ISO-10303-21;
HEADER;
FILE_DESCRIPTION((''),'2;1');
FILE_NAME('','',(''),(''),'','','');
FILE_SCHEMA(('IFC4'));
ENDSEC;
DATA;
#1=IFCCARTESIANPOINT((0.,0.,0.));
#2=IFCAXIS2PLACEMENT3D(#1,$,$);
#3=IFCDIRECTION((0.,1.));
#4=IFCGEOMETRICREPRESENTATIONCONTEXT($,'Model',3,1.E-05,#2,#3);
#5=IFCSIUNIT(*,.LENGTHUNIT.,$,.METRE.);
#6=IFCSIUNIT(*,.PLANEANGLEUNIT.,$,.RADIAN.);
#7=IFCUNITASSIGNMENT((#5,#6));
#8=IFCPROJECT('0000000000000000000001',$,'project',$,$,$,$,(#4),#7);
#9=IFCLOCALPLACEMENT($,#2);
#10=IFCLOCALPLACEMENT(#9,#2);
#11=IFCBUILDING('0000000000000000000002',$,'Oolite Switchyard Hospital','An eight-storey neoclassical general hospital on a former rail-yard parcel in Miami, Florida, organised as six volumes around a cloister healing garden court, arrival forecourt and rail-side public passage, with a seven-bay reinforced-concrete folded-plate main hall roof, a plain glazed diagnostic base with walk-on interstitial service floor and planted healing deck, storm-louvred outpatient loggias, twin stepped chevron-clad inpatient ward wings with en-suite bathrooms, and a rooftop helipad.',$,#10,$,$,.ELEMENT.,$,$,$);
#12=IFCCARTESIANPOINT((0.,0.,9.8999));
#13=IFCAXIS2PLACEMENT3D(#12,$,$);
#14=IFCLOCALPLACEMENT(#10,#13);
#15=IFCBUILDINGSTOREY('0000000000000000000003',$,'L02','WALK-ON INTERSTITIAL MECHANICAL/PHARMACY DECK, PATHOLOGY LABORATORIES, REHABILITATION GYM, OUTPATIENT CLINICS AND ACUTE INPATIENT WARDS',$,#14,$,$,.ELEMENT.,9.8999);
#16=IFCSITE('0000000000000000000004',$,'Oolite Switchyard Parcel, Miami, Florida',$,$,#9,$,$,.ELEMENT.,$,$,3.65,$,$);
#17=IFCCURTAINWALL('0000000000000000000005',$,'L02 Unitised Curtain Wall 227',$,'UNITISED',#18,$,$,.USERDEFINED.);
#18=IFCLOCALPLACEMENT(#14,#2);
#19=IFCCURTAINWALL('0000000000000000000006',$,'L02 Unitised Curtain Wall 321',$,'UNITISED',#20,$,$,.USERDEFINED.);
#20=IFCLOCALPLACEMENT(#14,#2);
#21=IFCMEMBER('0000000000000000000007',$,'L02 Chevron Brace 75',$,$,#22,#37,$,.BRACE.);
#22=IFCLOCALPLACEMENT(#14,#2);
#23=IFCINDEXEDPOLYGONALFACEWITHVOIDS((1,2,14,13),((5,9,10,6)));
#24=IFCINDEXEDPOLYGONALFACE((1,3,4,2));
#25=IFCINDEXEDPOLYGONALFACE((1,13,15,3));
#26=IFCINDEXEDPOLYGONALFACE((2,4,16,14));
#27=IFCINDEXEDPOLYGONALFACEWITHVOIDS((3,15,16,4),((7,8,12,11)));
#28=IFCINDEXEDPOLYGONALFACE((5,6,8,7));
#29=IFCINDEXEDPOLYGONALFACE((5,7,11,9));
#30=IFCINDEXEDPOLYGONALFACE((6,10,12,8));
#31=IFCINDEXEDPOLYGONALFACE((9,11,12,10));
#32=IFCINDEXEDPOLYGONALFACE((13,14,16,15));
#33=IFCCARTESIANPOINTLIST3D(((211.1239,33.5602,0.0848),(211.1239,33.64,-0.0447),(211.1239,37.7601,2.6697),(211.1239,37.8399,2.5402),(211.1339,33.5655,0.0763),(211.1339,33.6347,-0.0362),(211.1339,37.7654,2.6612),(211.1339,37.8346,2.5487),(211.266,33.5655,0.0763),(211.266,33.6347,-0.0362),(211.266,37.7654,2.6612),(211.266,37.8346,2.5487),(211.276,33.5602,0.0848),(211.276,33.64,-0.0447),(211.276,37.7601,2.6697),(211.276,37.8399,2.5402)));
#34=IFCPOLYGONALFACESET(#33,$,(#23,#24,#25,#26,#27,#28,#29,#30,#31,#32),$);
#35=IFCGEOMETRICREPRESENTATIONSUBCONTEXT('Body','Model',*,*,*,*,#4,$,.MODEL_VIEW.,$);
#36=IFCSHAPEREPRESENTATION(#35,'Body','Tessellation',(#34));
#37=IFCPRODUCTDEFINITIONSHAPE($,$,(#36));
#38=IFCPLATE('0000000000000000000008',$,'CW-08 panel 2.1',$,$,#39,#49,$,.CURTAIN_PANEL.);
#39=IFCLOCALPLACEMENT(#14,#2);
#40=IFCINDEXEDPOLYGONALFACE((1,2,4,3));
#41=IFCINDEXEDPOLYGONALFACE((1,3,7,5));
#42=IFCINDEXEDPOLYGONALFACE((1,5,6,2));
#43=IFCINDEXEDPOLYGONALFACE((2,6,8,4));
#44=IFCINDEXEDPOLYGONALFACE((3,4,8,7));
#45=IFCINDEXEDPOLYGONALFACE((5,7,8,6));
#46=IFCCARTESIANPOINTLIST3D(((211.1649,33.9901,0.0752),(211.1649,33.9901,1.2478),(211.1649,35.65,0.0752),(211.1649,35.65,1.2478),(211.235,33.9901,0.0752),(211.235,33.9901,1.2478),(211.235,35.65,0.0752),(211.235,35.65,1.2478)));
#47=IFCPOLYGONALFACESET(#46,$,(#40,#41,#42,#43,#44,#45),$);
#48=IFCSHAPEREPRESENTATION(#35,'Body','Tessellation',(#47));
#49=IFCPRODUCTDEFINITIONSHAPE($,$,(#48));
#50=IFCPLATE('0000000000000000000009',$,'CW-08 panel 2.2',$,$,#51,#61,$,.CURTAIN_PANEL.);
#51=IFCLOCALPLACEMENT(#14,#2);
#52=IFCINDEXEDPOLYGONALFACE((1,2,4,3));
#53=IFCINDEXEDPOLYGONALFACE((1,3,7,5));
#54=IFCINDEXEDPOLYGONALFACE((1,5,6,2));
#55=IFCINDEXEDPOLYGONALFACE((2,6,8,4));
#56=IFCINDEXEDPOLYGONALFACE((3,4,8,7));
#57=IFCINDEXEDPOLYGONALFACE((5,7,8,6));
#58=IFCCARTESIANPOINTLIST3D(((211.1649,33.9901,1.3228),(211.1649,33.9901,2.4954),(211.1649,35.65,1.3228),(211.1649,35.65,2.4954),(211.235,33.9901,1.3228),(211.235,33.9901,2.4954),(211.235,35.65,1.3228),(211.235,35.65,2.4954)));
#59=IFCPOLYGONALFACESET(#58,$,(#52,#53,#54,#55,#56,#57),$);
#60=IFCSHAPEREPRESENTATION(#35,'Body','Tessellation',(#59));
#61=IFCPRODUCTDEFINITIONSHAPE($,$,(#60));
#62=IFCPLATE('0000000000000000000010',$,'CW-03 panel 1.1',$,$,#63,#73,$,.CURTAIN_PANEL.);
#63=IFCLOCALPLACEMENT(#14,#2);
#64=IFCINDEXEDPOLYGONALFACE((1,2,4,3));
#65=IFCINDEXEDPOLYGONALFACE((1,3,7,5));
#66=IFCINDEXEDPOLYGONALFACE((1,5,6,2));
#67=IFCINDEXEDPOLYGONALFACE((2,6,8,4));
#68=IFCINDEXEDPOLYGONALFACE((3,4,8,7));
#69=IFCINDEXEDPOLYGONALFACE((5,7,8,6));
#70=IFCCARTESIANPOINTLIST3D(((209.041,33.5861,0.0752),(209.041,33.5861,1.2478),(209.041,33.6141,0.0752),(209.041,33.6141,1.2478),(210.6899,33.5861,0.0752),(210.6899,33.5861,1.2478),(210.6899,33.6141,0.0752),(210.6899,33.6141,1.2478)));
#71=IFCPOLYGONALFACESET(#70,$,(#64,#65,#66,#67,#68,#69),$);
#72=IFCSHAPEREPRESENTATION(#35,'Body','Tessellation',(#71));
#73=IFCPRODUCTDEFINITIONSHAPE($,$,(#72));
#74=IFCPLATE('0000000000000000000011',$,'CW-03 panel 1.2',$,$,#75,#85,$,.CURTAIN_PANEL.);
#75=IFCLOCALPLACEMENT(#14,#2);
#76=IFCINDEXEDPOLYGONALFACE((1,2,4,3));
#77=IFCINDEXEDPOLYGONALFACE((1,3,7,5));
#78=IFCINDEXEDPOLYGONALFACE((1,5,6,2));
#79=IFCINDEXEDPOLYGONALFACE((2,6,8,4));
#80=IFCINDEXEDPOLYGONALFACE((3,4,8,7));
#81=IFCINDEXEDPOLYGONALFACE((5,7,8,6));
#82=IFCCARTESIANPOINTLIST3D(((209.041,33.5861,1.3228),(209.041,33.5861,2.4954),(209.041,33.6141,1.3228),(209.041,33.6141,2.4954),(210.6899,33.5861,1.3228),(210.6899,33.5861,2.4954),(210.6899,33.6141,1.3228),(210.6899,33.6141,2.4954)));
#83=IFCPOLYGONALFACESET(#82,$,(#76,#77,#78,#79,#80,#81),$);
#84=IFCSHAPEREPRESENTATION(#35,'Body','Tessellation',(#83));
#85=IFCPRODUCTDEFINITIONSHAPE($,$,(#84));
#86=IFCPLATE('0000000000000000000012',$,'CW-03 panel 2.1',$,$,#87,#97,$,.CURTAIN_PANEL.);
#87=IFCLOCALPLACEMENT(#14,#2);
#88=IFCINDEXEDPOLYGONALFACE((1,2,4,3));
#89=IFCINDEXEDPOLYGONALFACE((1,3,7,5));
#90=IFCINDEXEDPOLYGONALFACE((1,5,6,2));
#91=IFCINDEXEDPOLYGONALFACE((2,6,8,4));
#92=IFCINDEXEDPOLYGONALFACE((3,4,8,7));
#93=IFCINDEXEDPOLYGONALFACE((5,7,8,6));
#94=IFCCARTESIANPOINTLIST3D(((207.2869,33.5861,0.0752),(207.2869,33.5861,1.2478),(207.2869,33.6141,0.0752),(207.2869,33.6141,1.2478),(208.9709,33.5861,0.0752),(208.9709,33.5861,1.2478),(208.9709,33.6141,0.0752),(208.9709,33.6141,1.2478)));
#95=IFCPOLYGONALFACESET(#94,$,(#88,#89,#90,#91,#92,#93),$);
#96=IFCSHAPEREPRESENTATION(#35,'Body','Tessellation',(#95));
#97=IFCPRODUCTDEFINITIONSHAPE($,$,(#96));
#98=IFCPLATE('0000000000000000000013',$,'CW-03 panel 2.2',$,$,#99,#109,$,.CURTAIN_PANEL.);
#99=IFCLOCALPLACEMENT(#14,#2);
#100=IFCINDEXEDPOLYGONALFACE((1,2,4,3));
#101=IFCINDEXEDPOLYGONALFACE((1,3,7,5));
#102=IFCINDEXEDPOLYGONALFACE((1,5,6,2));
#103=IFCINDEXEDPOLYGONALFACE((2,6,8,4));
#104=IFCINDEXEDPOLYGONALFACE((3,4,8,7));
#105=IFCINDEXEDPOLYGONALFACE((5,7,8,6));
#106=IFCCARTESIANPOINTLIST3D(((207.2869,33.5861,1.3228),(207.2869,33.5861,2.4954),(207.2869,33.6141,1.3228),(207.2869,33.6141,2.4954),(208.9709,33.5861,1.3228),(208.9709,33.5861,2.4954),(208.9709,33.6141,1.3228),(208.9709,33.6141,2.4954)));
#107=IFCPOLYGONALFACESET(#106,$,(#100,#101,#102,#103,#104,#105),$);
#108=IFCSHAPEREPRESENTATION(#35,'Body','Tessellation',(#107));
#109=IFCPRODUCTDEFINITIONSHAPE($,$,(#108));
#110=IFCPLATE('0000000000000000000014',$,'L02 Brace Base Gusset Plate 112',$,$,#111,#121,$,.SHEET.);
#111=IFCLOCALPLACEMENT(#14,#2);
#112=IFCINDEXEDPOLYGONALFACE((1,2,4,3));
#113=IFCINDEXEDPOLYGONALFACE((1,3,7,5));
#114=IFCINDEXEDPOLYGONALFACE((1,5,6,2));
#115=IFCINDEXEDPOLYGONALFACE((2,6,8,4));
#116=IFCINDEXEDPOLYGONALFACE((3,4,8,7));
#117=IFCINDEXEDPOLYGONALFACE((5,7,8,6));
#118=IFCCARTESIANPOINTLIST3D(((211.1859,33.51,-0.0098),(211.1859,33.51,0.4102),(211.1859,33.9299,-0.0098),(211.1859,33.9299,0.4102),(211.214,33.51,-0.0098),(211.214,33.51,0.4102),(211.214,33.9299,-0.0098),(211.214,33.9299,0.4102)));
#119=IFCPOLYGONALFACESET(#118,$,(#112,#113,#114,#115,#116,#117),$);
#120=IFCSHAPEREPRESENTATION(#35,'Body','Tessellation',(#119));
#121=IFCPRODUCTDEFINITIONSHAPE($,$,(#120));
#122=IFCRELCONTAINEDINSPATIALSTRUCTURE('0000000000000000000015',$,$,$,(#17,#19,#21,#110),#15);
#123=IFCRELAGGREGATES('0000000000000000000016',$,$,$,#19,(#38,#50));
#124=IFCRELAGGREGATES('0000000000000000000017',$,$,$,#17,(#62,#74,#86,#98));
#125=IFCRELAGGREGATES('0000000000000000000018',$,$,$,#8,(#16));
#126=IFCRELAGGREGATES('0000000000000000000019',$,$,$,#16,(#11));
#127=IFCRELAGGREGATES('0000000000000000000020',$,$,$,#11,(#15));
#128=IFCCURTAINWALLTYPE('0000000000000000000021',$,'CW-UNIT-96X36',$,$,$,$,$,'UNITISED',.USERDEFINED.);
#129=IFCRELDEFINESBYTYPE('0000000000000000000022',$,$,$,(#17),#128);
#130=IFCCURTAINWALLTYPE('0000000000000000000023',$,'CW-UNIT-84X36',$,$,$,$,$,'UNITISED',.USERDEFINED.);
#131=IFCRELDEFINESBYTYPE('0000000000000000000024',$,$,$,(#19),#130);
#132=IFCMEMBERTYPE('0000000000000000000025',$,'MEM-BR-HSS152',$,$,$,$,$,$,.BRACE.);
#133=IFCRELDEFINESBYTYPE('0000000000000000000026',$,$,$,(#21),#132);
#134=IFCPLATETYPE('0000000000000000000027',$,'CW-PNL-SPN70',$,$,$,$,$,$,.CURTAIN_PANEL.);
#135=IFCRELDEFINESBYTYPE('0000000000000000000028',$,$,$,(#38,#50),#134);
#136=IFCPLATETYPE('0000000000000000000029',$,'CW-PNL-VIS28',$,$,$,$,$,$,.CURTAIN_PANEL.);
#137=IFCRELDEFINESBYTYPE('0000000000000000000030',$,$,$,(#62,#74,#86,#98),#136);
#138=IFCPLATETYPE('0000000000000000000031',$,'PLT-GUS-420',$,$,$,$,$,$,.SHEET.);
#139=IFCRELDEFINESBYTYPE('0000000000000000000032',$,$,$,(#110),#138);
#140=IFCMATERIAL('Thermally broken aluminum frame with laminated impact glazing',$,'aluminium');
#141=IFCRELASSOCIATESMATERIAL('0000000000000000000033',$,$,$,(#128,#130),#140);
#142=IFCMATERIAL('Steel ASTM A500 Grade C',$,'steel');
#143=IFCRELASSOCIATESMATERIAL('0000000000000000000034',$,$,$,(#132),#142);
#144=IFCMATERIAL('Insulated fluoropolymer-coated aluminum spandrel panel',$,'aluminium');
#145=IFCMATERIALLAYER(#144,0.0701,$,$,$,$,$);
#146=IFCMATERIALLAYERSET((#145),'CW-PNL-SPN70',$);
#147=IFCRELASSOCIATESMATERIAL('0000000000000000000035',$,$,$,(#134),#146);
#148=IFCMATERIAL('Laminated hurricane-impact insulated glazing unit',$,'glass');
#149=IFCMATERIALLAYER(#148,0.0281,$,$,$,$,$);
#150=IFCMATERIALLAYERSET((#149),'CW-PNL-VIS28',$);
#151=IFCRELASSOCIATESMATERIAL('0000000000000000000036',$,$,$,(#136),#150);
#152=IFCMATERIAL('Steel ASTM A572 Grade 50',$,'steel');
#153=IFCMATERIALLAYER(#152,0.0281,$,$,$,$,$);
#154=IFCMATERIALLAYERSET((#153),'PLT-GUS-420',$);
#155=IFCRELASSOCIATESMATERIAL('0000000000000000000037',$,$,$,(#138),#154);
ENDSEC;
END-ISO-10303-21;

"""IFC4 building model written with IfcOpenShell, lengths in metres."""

from ifc_helpers import new_model, si_unit, direction, frame, origin, origin_2d, place, context, subcontext, project, spatial, rectangle, hollow_rectangle, extrude, material, layer, layer_set, material_profile, profile_set, type_object, element, aggregate, save


model = new_model("IFC4")

# Units and contexts
model_context = context("Model", 3, precision=1e-05, world=origin(), true_north=direction((0.0, 1.0)))
body_context = subcontext(model_context, "Body", "Model", "MODEL_VIEW")
ifc_project = project(units=[si_unit("LENGTHUNIT", "METRE"), si_unit("PLANEANGLEUNIT", "RADIAN")], contexts=[model_context])

# Site, building, storey
site_placement = place(None, origin())
site = spatial("IfcSite", under=ifc_project, at=site_placement, Name="Oolite Switchyard Parcel, Miami, Florida", CompositionType="ELEMENT", RefElevation=3.65)
building_placement = place(site_placement, origin())
building = spatial("IfcBuilding", under=site, at=building_placement, Name="Oolite Switchyard Hospital", Description="An eight-storey neoclassical general hospital on a former rail-yard parcel in Miami, Florida, organised as six volumes around a cloister healing garden court, arrival forecourt and rail-side public passage, with a seven-bay reinforced-concrete folded-plate main hall roof, a plain glazed diagnostic base with walk-on interstitial service floor and planted healing deck, storm-louvred outpatient loggias, twin stepped chevron-clad inpatient ward wings with en-suite bathrooms, and a rooftop helipad.", CompositionType="ELEMENT")
storey_placement = place(building_placement, frame((0.0, 0.0, 9.8999)))
storey = spatial("IfcBuildingStorey", under=building, at=storey_placement, Name="L02", Description="WALK-ON INTERSTITIAL MECHANICAL/PHARMACY DECK, PATHOLOGY LABORATORIES, REHABILITATION GYM, OUTPATIENT CLINICS AND ACUTE INPATIENT WARDS", CompositionType="ELEMENT", Elevation=9.8999)

# Curtain wall
ifc_material_1 = material(Name="Thermally broken aluminum frame with laminated impact glazing", Category="aluminium")
curtain_wall_type_1 = type_object("IfcCurtainWallType", Name="CW-UNIT-96X36", ElementType="UNITISED", PredefinedType="USERDEFINED", material=ifc_material_1)
curtain_wall_1_placement = place(storey_placement, origin())
curtain_wall_1 = element("IfcCurtainWall", 1, at=curtain_wall_1_placement, inside=storey, type_object=curtain_wall_type_1, Name="L02 Unitised Curtain Wall 227", ObjectType="UNITISED", PredefinedType="USERDEFINED")

# Curtain wall
curtain_wall_type_2 = type_object("IfcCurtainWallType", Name="CW-UNIT-84X36", ElementType="UNITISED", PredefinedType="USERDEFINED", material=ifc_material_1)
curtain_wall_2_placement = place(storey_placement, origin())
curtain_wall_2 = element("IfcCurtainWall", 2, at=curtain_wall_2_placement, inside=storey, type_object=curtain_wall_type_2, Name="L02 Unitised Curtain Wall 321", ObjectType="UNITISED", PredefinedType="USERDEFINED")

# Member
ifc_material_2 = material(Name="Steel ASTM A500 Grade C", Category="steel")
ifc_material_profile_1 = material_profile(ifc_material_2, hollow_rectangle(XDim=0.1521, YDim=0.1521, WallThickness=0.01, at=origin_2d()), Name="HSS152X152X10")
ifc_profile_set_1 = profile_set([ifc_material_profile_1], Name="Steel ASTM A500 Grade C")
member_type_1 = type_object("IfcMemberType", Name="MEM-BR-HSS152", PredefinedType="BRACE", material=ifc_profile_set_1)
member_1_placement = place(storey_placement, frame((211.2, 33.6001, 0.02), z_axis=(0.0, 0.851624, 0.524153), x_axis=(-1.0, 0.0, 0.0)))
element("IfcMember", 3, at=member_1_placement, inside=storey, type_object=member_type_1, Name="L02 Chevron Brace 75", PredefinedType="BRACE", context=body_context, shape_type="SweptSolid", body=[
    extrude(hollow_rectangle(XDim=0.1521, YDim=0.1521, WallThickness=0.01, at=origin_2d()), origin(), (0.0, 0.0, 1.0), 4.9316),
])

# Plates
ifc_material_3 = material(Name="Insulated fluoropolymer-coated aluminum spandrel panel", Category="aluminium")
ifc_layer_1 = layer(ifc_material_3, 0.0701)
ifc_layer_set_1 = layer_set([ifc_layer_1], Name="CW-PNL-SPN70")
plate_type_1 = type_object("IfcPlateType", Name="CW-PNL-SPN70", PredefinedType="CURTAIN_PANEL", material=ifc_layer_set_1)
plate_1_placement = place(storey_placement, frame((211.2, 34.8201, 0.0752), z_axis=(0.0, 0.0, 1.0), x_axis=(0.0, -1.0, 0.0)))
plate_1 = element("IfcPlate", 4, at=plate_1_placement, type_object=plate_type_1, Name="CW-08 panel 2.1", PredefinedType="CURTAIN_PANEL", context=body_context, shape_type="SweptSolid", body=[
    extrude(rectangle(XDim=1.6599, YDim=0.0701, at=origin_2d()), origin(), (0.0, 0.0, 1.0), 1.1726),
])
plate_2_placement = place(storey_placement, frame((211.2, 34.8201, 1.3228), z_axis=(0.0, 0.0, 1.0), x_axis=(0.0, -1.0, 0.0)))
plate_2 = element("IfcPlate", 5, at=plate_2_placement, type_object=plate_type_1, Name="CW-08 panel 2.2", PredefinedType="CURTAIN_PANEL", context=body_context, shape_type="SweptSolid", body=[
    extrude(rectangle(XDim=1.6599, YDim=0.0701, at=origin_2d()), origin(), (0.0, 0.0, 1.0), 1.1726),
])
aggregate(curtain_wall_2, [plate_1, plate_2])
ifc_material_4 = material(Name="Laminated hurricane-impact insulated glazing unit", Category="glass")
ifc_layer_2 = layer(ifc_material_4, 0.0281)
ifc_layer_set_2 = layer_set([ifc_layer_2], Name="CW-PNL-VIS28")
plate_type_2 = type_object("IfcPlateType", Name="CW-PNL-VIS28", PredefinedType="CURTAIN_PANEL", material=ifc_layer_set_2)
plate_3_placement = place(storey_placement, frame((209.8655, 33.6001, 0.0752), z_axis=(0.0, 0.0, 1.0), x_axis=(-1.0, 0.0, 0.0)))
plate_3 = element("IfcPlate", 6, at=plate_3_placement, type_object=plate_type_2, Name="CW-03 panel 1.1", PredefinedType="CURTAIN_PANEL", context=body_context, shape_type="SweptSolid", body=[
    extrude(rectangle(XDim=1.6489, YDim=0.0281, at=origin_2d()), origin(), (0.0, 0.0, 1.0), 1.1726),
])
plate_4_placement = place(storey_placement, frame((209.8655, 33.6001, 1.3228), z_axis=(0.0, 0.0, 1.0), x_axis=(-1.0, 0.0, 0.0)))
plate_4 = element("IfcPlate", 7, at=plate_4_placement, type_object=plate_type_2, Name="CW-03 panel 1.2", PredefinedType="CURTAIN_PANEL", context=body_context, shape_type="SweptSolid", body=[
    extrude(rectangle(XDim=1.6489, YDim=0.0281, at=origin_2d()), origin(), (0.0, 0.0, 1.0), 1.1726),
])
plate_5_placement = place(storey_placement, frame((208.1289, 33.6001, 0.0752), z_axis=(0.0, 0.0, 1.0), x_axis=(-1.0, 0.0, 0.0)))
plate_5 = element("IfcPlate", 8, at=plate_5_placement, type_object=plate_type_2, Name="CW-03 panel 2.1", PredefinedType="CURTAIN_PANEL", context=body_context, shape_type="SweptSolid", body=[
    extrude(rectangle(XDim=1.6841, YDim=0.0281, at=origin_2d()), origin(), (0.0, 0.0, 1.0), 1.1726),
])
plate_6_placement = place(storey_placement, frame((208.1289, 33.6001, 1.3228), z_axis=(0.0, 0.0, 1.0), x_axis=(-1.0, 0.0, 0.0)))
plate_6 = element("IfcPlate", 9, at=plate_6_placement, type_object=plate_type_2, Name="CW-03 panel 2.2", PredefinedType="CURTAIN_PANEL", context=body_context, shape_type="SweptSolid", body=[
    extrude(rectangle(XDim=1.6841, YDim=0.0281, at=origin_2d()), origin(), (0.0, 0.0, 1.0), 1.1726),
])
aggregate(curtain_wall_1, [plate_3, plate_4, plate_5, plate_6])
ifc_material_5 = material(Name="Steel ASTM A572 Grade 50", Category="steel")
ifc_layer_3 = layer(ifc_material_5, 0.0281)
ifc_layer_set_3 = layer_set([ifc_layer_3], Name="PLT-GUS-420")
plate_type_3 = type_object("IfcPlateType", Name="PLT-GUS-420", PredefinedType="SHEET", material=ifc_layer_set_3)
plate_7_placement = place(storey_placement, frame((211.2, 33.72, -0.0098), z_axis=(0.0, 0.0, 1.0), x_axis=(0.0, 1.0, 0.0)))
element("IfcPlate", 10, at=plate_7_placement, inside=storey, type_object=plate_type_3, Name="L02 Brace Base Gusset Plate 112", PredefinedType="SHEET", context=body_context, shape_type="SweptSolid", body=[
    extrude(rectangle(XDim=0.4199, YDim=0.0281, at=origin_2d()), origin(), (0.0, 0.0, 1.0), 0.4199),
])

save(model, "model.ifc")
